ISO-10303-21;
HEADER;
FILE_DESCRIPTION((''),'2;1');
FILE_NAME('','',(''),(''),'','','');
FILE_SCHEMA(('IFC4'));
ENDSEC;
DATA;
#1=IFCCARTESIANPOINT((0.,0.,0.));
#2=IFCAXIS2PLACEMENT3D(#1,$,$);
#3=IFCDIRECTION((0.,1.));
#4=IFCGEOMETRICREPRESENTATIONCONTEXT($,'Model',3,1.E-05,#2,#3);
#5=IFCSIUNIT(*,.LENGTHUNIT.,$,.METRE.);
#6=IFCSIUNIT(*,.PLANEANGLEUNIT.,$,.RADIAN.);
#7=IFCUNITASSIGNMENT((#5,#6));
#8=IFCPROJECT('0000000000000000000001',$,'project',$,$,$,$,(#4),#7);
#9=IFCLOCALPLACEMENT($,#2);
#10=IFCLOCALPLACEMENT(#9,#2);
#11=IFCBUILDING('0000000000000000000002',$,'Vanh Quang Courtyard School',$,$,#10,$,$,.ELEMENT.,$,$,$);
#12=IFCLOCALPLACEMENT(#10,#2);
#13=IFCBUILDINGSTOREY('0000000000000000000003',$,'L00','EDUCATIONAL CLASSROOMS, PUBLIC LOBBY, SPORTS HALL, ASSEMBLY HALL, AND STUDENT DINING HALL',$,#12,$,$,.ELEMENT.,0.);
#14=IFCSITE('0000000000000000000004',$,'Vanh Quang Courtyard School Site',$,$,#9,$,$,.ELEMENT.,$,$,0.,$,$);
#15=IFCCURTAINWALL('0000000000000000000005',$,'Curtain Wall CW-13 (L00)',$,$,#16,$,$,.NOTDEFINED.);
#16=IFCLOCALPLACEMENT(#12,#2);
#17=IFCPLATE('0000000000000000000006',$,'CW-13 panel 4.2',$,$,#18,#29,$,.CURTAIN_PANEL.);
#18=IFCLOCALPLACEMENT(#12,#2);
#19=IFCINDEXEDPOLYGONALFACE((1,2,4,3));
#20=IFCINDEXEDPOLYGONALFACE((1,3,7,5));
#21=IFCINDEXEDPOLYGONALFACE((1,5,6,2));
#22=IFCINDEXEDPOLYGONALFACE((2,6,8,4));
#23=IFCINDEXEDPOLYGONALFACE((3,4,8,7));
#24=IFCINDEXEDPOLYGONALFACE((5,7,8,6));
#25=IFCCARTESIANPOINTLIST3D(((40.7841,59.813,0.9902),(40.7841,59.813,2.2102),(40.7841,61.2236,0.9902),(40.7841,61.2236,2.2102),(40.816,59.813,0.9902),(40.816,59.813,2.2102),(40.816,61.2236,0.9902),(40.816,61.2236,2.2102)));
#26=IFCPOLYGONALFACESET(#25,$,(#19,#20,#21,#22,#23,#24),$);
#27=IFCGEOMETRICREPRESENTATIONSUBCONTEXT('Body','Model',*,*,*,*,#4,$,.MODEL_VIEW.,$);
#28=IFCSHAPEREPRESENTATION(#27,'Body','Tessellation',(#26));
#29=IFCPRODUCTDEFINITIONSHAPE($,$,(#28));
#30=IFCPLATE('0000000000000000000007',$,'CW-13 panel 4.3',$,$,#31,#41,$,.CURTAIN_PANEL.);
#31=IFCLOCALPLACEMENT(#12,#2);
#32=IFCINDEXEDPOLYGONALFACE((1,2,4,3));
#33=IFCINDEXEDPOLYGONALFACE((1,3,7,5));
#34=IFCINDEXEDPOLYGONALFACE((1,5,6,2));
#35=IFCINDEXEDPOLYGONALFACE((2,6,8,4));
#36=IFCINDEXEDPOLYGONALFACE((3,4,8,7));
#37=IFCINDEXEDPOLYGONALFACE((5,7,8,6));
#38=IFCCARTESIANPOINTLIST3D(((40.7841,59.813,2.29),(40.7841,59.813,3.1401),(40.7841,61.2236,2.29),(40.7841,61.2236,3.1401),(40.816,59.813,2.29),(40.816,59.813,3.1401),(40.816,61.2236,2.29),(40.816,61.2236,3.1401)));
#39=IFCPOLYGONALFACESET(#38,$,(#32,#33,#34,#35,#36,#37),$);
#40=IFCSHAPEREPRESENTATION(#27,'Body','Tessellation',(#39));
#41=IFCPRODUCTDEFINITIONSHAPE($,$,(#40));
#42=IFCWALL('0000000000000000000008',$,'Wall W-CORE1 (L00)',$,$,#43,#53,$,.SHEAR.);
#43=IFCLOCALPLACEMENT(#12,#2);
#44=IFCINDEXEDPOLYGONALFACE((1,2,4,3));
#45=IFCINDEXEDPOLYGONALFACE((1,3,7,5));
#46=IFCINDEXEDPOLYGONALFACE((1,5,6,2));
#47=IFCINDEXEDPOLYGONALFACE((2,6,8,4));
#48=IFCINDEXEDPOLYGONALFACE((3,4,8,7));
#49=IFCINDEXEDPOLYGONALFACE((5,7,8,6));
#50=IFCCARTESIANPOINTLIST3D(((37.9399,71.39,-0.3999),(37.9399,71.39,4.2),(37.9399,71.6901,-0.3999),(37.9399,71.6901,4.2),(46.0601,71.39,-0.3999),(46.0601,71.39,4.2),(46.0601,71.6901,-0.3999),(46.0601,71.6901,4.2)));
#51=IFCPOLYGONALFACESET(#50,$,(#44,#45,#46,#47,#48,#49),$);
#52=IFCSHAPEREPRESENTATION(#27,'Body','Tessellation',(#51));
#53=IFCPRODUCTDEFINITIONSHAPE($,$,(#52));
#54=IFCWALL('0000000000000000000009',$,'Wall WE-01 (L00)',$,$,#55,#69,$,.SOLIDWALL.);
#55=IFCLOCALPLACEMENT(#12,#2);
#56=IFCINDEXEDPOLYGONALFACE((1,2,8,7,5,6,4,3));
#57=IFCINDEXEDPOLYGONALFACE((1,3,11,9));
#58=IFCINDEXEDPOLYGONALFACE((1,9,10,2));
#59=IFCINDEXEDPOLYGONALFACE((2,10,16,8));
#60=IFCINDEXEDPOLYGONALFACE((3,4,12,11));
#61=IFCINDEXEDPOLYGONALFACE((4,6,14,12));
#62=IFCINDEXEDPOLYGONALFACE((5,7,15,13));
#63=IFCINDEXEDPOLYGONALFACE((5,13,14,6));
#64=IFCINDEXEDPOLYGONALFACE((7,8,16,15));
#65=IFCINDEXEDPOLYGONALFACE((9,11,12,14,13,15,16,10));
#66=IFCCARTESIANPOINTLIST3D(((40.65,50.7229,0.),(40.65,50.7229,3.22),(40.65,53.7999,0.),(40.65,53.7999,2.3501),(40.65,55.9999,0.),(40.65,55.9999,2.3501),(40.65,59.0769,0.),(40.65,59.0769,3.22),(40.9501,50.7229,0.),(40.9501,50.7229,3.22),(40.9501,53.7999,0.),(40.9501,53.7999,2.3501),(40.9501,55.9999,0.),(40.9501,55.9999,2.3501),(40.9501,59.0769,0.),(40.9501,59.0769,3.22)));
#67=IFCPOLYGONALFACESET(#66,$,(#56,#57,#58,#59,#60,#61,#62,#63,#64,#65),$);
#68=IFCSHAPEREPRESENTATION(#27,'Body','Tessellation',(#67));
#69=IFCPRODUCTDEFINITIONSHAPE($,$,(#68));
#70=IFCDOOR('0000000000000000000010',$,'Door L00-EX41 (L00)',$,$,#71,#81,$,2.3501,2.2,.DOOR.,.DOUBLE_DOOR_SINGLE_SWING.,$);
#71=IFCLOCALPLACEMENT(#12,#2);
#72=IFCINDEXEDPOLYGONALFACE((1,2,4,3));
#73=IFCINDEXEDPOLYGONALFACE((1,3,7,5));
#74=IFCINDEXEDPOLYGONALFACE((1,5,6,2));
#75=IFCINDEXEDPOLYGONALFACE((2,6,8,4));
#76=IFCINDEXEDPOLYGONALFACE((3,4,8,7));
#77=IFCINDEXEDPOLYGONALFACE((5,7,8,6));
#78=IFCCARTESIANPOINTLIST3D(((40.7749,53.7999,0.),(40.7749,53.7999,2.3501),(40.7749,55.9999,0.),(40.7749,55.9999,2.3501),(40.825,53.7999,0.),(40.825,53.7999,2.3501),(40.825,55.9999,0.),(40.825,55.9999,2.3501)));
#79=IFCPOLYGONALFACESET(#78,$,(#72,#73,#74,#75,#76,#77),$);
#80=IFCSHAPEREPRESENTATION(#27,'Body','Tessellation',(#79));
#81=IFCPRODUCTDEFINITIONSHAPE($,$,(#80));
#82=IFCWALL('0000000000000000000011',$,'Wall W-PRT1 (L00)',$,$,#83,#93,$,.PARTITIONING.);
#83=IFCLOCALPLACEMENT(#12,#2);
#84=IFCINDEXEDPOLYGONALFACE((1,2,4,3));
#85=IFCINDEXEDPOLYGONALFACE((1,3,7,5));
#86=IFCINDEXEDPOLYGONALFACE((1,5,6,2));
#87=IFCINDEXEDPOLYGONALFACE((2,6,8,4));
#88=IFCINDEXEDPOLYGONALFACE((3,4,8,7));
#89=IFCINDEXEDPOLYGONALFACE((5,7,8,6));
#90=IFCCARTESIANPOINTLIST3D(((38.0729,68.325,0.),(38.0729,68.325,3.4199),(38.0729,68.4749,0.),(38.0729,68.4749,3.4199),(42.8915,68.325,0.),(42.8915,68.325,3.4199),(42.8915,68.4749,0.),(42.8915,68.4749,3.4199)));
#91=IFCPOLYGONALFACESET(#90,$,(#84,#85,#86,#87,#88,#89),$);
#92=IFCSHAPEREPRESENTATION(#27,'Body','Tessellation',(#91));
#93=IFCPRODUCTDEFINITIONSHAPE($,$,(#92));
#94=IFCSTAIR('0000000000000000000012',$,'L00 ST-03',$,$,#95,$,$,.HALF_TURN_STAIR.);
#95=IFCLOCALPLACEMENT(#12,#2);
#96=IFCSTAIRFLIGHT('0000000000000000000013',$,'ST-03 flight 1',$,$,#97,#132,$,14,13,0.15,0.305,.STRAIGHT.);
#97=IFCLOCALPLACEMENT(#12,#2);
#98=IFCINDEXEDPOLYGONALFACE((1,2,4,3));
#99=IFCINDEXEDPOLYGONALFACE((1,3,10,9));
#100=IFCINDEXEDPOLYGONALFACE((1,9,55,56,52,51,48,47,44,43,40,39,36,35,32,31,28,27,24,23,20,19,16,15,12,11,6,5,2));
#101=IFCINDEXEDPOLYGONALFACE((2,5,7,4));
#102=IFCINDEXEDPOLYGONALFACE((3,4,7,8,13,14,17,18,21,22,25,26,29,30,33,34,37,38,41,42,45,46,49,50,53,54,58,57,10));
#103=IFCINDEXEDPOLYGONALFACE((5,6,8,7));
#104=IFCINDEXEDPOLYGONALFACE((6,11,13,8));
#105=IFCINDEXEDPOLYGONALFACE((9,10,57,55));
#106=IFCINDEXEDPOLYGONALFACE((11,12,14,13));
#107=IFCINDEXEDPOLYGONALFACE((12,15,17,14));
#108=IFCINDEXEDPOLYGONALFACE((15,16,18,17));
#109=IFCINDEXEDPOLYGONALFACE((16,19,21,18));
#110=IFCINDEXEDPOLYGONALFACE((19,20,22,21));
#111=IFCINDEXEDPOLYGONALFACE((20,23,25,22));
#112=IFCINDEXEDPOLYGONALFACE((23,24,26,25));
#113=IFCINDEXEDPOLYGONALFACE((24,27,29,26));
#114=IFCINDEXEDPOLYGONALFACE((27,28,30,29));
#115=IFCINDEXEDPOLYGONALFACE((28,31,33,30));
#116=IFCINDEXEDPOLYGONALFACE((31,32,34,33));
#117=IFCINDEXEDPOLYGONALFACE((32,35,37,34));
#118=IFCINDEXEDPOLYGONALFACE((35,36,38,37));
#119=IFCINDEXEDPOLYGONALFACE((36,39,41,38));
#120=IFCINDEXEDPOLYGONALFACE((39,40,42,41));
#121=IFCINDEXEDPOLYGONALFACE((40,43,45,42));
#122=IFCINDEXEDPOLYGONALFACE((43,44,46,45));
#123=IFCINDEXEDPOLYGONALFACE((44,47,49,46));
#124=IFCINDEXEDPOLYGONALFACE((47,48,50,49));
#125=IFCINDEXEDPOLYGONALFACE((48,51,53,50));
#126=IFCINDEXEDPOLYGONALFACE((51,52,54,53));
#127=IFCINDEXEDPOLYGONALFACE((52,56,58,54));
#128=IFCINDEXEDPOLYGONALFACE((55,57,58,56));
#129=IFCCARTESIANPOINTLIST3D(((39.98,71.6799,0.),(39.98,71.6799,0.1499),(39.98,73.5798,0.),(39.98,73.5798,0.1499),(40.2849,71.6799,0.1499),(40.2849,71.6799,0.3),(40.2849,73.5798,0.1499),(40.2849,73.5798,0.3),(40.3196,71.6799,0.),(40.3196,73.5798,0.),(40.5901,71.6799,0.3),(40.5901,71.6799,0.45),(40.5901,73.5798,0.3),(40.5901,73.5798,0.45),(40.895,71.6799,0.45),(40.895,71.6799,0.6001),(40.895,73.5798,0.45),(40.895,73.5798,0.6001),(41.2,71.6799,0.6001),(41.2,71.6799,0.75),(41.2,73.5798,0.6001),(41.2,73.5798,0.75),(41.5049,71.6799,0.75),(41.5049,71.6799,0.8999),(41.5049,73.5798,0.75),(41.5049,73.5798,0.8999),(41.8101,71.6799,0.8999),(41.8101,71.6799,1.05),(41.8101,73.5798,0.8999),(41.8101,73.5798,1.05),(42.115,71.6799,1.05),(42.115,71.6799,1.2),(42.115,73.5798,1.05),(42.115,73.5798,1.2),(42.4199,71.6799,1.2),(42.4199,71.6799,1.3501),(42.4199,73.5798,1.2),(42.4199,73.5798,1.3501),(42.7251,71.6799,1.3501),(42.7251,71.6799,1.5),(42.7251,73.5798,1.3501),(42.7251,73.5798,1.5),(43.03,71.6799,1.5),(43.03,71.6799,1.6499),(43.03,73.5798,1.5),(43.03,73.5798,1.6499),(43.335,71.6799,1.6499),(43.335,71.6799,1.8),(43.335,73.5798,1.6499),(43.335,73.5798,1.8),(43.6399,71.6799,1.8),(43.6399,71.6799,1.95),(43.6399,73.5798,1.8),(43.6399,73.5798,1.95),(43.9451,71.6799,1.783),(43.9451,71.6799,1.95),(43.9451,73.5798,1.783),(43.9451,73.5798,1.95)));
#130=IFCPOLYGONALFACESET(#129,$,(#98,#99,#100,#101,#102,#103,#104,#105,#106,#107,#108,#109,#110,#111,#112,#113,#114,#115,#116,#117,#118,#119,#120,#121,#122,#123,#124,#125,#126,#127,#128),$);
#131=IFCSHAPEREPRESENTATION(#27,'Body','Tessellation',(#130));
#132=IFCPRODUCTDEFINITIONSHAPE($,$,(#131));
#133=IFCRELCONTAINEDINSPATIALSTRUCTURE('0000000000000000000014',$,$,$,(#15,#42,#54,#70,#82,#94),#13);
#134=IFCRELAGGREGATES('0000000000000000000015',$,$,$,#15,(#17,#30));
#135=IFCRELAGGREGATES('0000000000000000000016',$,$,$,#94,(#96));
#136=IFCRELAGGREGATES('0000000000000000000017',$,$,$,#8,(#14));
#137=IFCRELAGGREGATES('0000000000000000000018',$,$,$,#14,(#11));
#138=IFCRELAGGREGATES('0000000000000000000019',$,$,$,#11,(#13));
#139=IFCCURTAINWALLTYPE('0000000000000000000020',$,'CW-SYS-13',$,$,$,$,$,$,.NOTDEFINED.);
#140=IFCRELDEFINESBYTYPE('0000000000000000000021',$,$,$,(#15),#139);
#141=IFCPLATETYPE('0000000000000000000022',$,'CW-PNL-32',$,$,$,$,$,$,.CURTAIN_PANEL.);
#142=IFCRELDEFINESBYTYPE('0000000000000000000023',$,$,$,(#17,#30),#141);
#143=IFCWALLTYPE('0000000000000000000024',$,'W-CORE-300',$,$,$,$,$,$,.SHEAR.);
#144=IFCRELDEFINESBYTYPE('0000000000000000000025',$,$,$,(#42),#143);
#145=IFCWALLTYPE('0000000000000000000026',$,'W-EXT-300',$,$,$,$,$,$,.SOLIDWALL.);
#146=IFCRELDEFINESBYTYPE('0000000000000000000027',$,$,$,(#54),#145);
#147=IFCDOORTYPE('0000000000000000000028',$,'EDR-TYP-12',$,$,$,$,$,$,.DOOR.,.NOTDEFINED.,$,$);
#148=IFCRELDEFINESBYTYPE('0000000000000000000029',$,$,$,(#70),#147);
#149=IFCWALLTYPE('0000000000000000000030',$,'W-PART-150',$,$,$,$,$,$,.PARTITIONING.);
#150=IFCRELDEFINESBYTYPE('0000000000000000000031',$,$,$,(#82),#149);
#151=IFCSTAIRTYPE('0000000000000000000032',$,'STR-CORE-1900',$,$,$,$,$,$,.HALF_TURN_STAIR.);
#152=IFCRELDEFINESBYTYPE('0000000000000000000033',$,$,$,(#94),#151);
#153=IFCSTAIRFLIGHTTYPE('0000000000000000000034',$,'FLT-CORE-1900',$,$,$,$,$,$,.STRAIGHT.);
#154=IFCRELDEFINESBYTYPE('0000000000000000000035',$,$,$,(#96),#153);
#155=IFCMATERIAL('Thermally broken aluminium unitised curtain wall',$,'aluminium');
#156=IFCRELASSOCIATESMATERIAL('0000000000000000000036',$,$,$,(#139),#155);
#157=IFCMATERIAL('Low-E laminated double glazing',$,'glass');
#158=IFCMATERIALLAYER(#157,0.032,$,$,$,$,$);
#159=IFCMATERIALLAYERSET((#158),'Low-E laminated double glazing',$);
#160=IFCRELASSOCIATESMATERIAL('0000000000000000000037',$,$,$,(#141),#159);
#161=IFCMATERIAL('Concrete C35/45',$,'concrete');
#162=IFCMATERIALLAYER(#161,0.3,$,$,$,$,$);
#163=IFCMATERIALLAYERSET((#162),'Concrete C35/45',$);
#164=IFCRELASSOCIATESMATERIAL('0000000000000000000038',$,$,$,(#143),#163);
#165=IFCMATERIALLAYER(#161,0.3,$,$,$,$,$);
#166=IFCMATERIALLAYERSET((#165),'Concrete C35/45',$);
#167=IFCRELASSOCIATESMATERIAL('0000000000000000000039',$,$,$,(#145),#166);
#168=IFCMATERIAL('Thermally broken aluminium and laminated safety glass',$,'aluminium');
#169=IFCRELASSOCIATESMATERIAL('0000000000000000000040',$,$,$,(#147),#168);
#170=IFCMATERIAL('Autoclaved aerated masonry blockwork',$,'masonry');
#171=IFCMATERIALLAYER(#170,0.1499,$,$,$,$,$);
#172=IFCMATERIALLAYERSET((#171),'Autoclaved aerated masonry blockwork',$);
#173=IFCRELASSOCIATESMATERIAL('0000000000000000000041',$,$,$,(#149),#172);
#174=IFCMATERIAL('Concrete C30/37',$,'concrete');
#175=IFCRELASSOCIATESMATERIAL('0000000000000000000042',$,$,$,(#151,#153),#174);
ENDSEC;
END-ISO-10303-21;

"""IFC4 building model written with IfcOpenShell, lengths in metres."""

from ifc_helpers import new_model, si_unit, direction, frame, frame_2d, origin, origin_2d, place, context, subcontext, project, spatial, polyline, rectangle, outline, extrude, material, layer, layer_set, type_object, element, fill, aggregate, save


model = new_model("IFC4")

# Units and contexts
model_context = context("Model", 3, precision=1e-05, world=origin(), true_north=direction((0.0, 1.0)))
body_context = subcontext(model_context, "Body", "Model", "MODEL_VIEW")
ifc_project = project(units=[si_unit("LENGTHUNIT", "METRE"), si_unit("PLANEANGLEUNIT", "RADIAN")], contexts=[model_context])

# Site, building, storey
site_placement = place(None, origin())
site = spatial("IfcSite", under=ifc_project, at=site_placement, Name="Vanh Quang Courtyard School Site", CompositionType="ELEMENT", RefElevation=0.0)
building_placement = place(site_placement, origin())
building = spatial("IfcBuilding", under=site, at=building_placement, Name="Vanh Quang Courtyard School", CompositionType="ELEMENT")
storey_placement = place(building_placement, origin())
storey = spatial("IfcBuildingStorey", under=building, at=storey_placement, Name="L00", Description="EDUCATIONAL CLASSROOMS, PUBLIC LOBBY, SPORTS HALL, ASSEMBLY HALL, AND STUDENT DINING HALL", CompositionType="ELEMENT", Elevation=0.0)

# Shared definitions
ifc_material_1 = material(Name="Concrete C35/45", Category="concrete")

# Shared definitions
ifc_material_2 = material(Name="Concrete C30/37", Category="concrete")

# Curtain wall, plates
ifc_material_3 = material(Name="Thermally broken aluminium unitised curtain wall", Category="aluminium")
curtain_wall_type = type_object("IfcCurtainWallType", Name="CW-SYS-13", PredefinedType="NOTDEFINED", material=ifc_material_3)
curtain_wall_placement = place(storey_placement, origin())
curtain_wall = element("IfcCurtainWall", 1, at=curtain_wall_placement, inside=storey, type_object=curtain_wall_type, Name="Curtain Wall CW-13 (L00)", PredefinedType="NOTDEFINED")
ifc_material_4 = material(Name="Low-E laminated double glazing", Category="glass")
ifc_layer_1 = layer(ifc_material_4, 0.032)
ifc_layer_set_1 = layer_set([ifc_layer_1], Name="Low-E laminated double glazing")
plate_type = type_object("IfcPlateType", Name="CW-PNL-32", PredefinedType="CURTAIN_PANEL", material=ifc_layer_set_1)
plate_1_placement = place(storey_placement, frame((40.8, 60.5183, 0.9902), z_axis=(0.0, 0.0, 1.0), x_axis=(0.0, -1.0, 0.0)))
plate_1 = element("IfcPlate", 2, at=plate_1_placement, type_object=plate_type, Name="CW-13 panel 4.2", PredefinedType="CURTAIN_PANEL", context=body_context, shape_type="SweptSolid", body=[
    extrude(rectangle(XDim=1.4106, YDim=0.032, at=origin_2d()), origin(), (0.0, 0.0, 1.0), 1.22),
])
plate_2_placement = place(storey_placement, frame((40.8, 60.5183, 2.29), z_axis=(0.0, 0.0, 1.0), x_axis=(0.0, -1.0, 0.0)))
plate_2 = element("IfcPlate", 3, at=plate_2_placement, type_object=plate_type, Name="CW-13 panel 4.3", PredefinedType="CURTAIN_PANEL", context=body_context, shape_type="SweptSolid", body=[
    extrude(rectangle(XDim=1.4106, YDim=0.032, at=origin_2d()), origin(), (0.0, 0.0, 1.0), 0.8501),
])
aggregate(curtain_wall, [plate_1, plate_2])

# Wall
ifc_layer_2 = layer(ifc_material_1, 0.3)
ifc_layer_set_2 = layer_set([ifc_layer_2], Name="Concrete C35/45")
wall_type_1 = type_object("IfcWallType", Name="W-CORE-300", PredefinedType="SHEAR", material=ifc_layer_set_2)
wall_1_placement = place(storey_placement, frame((37.9399, 71.54, -0.3999), z_axis=(0.0, 0.0, 1.0), x_axis=(1.0, 0.0, 0.0)))
element("IfcWall", 4, at=wall_1_placement, inside=storey, type_object=wall_type_1, Name="Wall W-CORE1 (L00)", PredefinedType="SHEAR", context=body_context, shape_type="SweptSolid", body=[
    extrude(rectangle(XDim=8.1201, YDim=0.3, at=frame_2d((4.0601, 0.0))), origin(), (0.0, 0.0, 1.0), 4.5999),
])

# Wall, opening, door
ifc_layer_3 = layer(ifc_material_1, 0.3)
ifc_layer_set_3 = layer_set([ifc_layer_3], Name="Concrete C35/45")
wall_type_2 = type_object("IfcWallType", Name="W-EXT-300", PredefinedType="SOLIDWALL", material=ifc_layer_set_3)
wall_2_placement = place(storey_placement, frame((40.8, 59.0769, 0.0), z_axis=(0.0, 0.0, 1.0), x_axis=(0.0, -1.0, 0.0)))
wall_2 = element("IfcWall", 5, at=wall_2_placement, inside=storey, type_object=wall_type_2, Name="Wall WE-01 (L00)", PredefinedType="SOLIDWALL", context=body_context, shape_type="SweptSolid", body=[
    extrude(rectangle(XDim=8.354, YDim=0.3, at=frame_2d((4.177, 0.0))), origin(), (0.0, 0.0, 1.0), 3.22),
])
opening_placement = place(wall_2_placement, frame((3.0769, 0.0, 0.0)))
opening = element("IfcOpeningElement", 6, at=opening_placement, cuts=wall_2, PredefinedType="OPENING", context=body_context, shape_type="SweptSolid", body=[
    extrude(rectangle(XDim=2.2, YDim=2.3501, at=frame_2d((1.1001, 1.175))), frame((0.0, 0.1602, 0.0), z_axis=(0.0, -1.0, 0.0), x_axis=(1.0, 0.0, 0.0)), (0.0, 0.0, 1.0), 0.3201),
])
ifc_material_5 = material(Name="Thermally broken aluminium and laminated safety glass", Category="aluminium")
door_type = type_object("IfcDoorType", Name="EDR-TYP-12", OperationType="NOTDEFINED", PredefinedType="DOOR", material=ifc_material_5)
door_placement = place(opening_placement, origin())
door = element("IfcDoor", 7, at=door_placement, inside=storey, type_object=door_type, Name="Door L00-EX41 (L00)", OperationType="DOUBLE_DOOR_SINGLE_SWING", OverallHeight=2.3501, OverallWidth=2.2, PredefinedType="DOOR", context=body_context, shape_type="SweptSolid", body=[
    extrude(rectangle(XDim=2.2, YDim=2.3501, at=frame_2d((1.1001, 1.175))), frame((0.0, 0.0249, 0.0), z_axis=(0.0, -1.0, 0.0), x_axis=(1.0, 0.0, 0.0)), (0.0, 0.0, 1.0), 0.05),
])
fill(opening, door)

# Wall
ifc_material_6 = material(Name="Autoclaved aerated masonry blockwork", Category="masonry")
ifc_layer_4 = layer(ifc_material_6, 0.1499)
ifc_layer_set_4 = layer_set([ifc_layer_4], Name="Autoclaved aerated masonry blockwork")
wall_type_3 = type_object("IfcWallType", Name="W-PART-150", PredefinedType="PARTITIONING", material=ifc_layer_set_4)
wall_3_placement = place(storey_placement, frame((38.073, 68.3999, 0.0), z_axis=(0.0, 0.0, 1.0), x_axis=(1.0, 0.0, 0.0)))
element("IfcWall", 8, at=wall_3_placement, inside=storey, type_object=wall_type_3, Name="Wall W-PRT1 (L00)", PredefinedType="PARTITIONING", context=body_context, shape_type="SweptSolid", body=[
    extrude(rectangle(XDim=4.8186, YDim=0.1499, at=frame_2d((2.4092, 0.0))), origin(), (0.0, 0.0, 1.0), 3.4199),
])

# Stair, stair flight
stair_type = type_object("IfcStairType", Name="STR-CORE-1900", PredefinedType="HALF_TURN_STAIR", material=ifc_material_2)
stair_placement = place(storey_placement, origin())
stair = element("IfcStair", 9, at=stair_placement, inside=storey, type_object=stair_type, Name="L00 ST-03", PredefinedType="HALF_TURN_STAIR")
stair_flight_type = type_object("IfcStairFlightType", Name="FLT-CORE-1900", PredefinedType="STRAIGHT", material=ifc_material_2)
stair_flight_placement = place(storey_placement, frame((39.98, 72.6299, 0.0), z_axis=(0.0, 0.0, 1.0), x_axis=(1.0, 0.0, 0.0)))
stair_flight = element("IfcStairFlight", 10, at=stair_flight_placement, type_object=stair_flight_type, Name="ST-03 flight 1", NumberOfRisers=14, NumberOfTreads=13, PredefinedType="STRAIGHT", RiserHeight=0.15, TreadLength=0.305, context=body_context, shape_type="SweptSolid", body=[
    extrude(outline(polyline([(0.0, 0.0), (0.0, 0.1499), (0.3049, 0.1499), (0.3049, 0.3), (0.6101, 0.3), (0.6101, 0.45), (0.915, 0.45), (0.915, 0.6001), (1.22, 0.6001), (1.22, 0.75), (1.5249, 0.75), (1.5249, 0.8999), (1.8301, 0.8999), (1.8301, 1.05), (2.135, 1.05), (2.135, 1.2), (2.4399, 1.2), (2.4399, 1.3501), (2.7451, 1.3501), (2.7451, 1.5), (3.05, 1.5), (3.05, 1.6499), (3.355, 1.6499), (3.355, 1.8), (3.6599, 1.8), (3.6599, 1.95), (3.9651, 1.95), (3.9651, 2.1001), (3.9651, 1.783), (0.3396, 0.0), (0.0, 0.0)])), frame((0.0, 0.95, 0.0), z_axis=(0.0, -1.0, 0.0), x_axis=(1.0, 0.0, 0.0)), (0.0, 0.0, 1.0), 1.8999),
])
aggregate(stair, [stair_flight])

save(model, "model.ifc")
